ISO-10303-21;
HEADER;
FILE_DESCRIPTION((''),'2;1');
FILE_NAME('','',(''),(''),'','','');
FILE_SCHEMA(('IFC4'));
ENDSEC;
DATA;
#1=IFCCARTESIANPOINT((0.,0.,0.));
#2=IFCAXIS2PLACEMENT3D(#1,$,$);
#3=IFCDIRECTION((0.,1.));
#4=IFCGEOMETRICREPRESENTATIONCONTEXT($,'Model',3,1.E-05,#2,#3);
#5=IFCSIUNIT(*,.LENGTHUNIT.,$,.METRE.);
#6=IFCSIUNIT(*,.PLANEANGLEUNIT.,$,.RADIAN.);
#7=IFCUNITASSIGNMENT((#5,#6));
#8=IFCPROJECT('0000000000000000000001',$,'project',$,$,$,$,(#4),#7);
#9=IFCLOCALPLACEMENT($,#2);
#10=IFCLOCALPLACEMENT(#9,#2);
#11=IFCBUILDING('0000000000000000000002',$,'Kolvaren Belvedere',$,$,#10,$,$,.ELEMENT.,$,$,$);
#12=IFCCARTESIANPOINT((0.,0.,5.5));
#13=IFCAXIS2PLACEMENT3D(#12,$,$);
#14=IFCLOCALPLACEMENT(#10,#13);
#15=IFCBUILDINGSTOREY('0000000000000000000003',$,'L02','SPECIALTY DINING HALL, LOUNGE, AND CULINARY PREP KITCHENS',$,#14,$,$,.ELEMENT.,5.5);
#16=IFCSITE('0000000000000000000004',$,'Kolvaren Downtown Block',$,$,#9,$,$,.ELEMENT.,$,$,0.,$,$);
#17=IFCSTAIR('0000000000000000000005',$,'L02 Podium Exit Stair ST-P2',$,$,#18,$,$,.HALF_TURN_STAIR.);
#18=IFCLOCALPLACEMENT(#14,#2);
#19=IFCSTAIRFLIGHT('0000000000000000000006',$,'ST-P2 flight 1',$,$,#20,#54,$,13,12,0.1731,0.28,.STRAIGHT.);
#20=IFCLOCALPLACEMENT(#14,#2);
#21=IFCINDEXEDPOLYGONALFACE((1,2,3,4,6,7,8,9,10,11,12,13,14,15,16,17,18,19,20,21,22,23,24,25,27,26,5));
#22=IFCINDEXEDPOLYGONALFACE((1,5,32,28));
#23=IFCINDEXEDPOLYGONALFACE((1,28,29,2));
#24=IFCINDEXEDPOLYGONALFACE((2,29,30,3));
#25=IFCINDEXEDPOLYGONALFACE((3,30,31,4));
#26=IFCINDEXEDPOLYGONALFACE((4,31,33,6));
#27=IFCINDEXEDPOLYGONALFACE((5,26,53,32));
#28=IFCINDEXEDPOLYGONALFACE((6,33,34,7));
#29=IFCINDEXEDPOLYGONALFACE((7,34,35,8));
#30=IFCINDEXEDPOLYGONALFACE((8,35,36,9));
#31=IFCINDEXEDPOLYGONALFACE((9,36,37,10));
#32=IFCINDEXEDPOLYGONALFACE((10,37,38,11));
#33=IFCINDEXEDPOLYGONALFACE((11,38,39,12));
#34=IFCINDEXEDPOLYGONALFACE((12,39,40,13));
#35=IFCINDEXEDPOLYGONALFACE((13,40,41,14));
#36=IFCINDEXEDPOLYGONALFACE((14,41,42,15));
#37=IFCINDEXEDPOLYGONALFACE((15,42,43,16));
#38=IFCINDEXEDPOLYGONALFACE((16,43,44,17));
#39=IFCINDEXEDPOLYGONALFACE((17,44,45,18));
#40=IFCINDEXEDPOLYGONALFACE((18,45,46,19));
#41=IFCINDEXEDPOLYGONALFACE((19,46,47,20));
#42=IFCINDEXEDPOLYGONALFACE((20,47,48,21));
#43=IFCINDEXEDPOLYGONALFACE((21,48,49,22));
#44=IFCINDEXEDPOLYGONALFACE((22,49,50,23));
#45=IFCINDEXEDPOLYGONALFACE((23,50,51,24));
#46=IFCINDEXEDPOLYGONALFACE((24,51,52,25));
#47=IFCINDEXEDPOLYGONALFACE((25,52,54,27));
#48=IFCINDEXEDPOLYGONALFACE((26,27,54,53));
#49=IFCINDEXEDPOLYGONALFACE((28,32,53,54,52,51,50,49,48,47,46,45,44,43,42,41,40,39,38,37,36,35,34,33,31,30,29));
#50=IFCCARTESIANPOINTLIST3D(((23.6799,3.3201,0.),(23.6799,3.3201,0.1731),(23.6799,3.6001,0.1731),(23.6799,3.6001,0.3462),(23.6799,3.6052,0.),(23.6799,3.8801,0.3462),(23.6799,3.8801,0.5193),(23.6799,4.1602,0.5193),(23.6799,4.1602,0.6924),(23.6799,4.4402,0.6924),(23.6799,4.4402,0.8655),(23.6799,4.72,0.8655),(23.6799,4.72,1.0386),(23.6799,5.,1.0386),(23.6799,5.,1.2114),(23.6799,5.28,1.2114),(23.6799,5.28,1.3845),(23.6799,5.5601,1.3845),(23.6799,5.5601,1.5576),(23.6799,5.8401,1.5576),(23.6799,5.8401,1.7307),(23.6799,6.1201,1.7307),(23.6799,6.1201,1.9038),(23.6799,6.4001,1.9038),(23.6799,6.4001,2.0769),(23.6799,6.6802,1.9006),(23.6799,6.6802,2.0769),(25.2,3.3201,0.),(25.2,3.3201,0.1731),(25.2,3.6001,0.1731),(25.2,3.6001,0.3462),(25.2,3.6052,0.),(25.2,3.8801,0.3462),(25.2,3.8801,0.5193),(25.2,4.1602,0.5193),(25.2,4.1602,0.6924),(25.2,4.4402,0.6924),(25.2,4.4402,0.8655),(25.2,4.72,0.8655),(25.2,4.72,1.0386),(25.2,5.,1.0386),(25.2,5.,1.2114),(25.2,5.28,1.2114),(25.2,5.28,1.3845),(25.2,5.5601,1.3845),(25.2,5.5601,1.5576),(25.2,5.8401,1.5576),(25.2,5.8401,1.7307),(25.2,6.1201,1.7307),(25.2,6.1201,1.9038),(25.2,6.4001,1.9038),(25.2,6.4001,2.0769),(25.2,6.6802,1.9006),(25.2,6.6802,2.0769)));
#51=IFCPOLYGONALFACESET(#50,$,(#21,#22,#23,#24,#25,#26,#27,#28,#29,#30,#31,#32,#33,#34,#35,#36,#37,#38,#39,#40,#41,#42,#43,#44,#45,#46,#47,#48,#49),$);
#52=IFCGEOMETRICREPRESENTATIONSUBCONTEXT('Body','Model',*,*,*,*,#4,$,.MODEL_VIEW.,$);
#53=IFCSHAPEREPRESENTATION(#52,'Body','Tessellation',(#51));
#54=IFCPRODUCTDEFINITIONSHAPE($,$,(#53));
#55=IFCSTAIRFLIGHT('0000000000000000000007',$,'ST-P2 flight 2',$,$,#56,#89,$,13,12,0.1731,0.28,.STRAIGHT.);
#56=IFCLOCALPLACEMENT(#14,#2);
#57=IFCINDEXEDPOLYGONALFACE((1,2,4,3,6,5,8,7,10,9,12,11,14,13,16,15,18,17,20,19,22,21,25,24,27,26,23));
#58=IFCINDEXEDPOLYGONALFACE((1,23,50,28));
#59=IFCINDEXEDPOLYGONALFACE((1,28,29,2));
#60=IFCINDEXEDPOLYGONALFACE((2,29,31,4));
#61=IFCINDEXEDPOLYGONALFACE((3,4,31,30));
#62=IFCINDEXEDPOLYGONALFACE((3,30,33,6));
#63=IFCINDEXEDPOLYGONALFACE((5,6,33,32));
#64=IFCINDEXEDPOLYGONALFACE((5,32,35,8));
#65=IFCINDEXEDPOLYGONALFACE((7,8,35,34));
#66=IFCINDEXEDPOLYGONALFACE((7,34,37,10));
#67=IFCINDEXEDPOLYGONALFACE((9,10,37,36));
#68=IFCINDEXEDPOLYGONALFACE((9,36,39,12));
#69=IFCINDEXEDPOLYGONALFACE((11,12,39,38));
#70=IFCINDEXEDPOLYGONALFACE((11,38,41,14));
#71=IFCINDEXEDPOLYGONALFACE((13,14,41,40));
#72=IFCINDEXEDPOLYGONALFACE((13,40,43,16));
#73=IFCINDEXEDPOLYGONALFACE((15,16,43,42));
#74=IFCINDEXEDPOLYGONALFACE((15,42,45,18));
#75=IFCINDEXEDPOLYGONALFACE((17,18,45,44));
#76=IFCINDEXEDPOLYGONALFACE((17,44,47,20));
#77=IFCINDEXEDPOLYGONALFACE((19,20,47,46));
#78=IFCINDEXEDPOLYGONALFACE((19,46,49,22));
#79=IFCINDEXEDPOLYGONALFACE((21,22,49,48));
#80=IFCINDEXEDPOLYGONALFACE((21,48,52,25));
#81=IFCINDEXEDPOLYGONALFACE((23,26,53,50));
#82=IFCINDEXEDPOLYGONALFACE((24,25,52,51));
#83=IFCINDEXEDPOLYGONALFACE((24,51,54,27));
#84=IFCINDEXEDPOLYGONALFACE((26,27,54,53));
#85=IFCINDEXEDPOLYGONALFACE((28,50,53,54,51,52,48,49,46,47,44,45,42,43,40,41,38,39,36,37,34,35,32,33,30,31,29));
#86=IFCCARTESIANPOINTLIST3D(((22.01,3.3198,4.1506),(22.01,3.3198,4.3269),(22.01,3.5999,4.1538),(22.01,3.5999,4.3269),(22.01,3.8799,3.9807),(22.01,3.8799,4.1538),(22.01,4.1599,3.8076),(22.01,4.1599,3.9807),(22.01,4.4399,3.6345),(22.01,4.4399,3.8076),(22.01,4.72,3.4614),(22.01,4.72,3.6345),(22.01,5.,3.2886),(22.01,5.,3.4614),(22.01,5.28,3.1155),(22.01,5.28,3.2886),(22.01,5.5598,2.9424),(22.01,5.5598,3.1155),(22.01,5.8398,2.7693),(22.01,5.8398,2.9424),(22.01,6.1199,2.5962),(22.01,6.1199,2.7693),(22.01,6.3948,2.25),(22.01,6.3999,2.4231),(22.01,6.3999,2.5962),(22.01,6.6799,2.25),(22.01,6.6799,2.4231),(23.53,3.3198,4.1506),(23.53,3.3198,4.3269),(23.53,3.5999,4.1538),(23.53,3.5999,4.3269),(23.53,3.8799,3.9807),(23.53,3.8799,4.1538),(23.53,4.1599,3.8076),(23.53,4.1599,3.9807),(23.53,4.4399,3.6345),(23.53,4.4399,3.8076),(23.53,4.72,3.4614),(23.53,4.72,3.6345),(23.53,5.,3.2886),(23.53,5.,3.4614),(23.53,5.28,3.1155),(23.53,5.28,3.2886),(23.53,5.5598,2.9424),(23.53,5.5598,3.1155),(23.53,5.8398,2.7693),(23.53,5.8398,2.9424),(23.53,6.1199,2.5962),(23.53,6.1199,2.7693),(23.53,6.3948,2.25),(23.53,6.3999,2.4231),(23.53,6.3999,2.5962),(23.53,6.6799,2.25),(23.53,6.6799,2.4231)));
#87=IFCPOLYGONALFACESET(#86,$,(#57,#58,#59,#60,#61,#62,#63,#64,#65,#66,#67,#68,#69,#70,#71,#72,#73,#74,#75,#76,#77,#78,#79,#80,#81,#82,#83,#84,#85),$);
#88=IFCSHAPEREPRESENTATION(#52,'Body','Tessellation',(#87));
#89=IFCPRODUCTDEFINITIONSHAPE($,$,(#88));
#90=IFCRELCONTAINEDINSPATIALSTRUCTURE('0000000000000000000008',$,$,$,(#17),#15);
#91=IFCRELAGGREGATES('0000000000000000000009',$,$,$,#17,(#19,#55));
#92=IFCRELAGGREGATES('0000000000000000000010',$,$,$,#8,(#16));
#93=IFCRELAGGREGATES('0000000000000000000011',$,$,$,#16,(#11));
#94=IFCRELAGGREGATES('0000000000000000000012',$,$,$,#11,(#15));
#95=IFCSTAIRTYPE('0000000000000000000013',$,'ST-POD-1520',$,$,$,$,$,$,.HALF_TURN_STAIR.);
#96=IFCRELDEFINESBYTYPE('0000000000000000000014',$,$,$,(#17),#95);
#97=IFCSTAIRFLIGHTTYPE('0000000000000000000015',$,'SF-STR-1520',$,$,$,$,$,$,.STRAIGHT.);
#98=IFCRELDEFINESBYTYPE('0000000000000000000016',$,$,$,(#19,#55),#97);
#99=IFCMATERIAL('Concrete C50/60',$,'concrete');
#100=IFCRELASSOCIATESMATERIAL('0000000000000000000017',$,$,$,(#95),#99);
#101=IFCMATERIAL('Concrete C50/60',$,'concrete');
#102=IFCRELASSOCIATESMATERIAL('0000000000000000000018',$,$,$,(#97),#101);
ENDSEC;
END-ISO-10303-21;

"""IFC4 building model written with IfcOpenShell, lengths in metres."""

from ifc_helpers import new_model, si_unit, direction, frame, origin, place, context, subcontext, project, spatial, polyline, outline, extrude, material, type_object, element, aggregate, save


model = new_model("IFC4")

# Units and contexts
model_context = context("Model", 3, precision=1e-05, world=origin(), true_north=direction((0.0, 1.0)))
body_context = subcontext(model_context, "Body", "Model", "MODEL_VIEW")
ifc_project = project(units=[si_unit("LENGTHUNIT", "METRE"), si_unit("PLANEANGLEUNIT", "RADIAN")], contexts=[model_context])

# Site, building, storey
site_placement = place(None, origin())
site = spatial("IfcSite", under=ifc_project, at=site_placement, Name="Kolvaren Downtown Block", CompositionType="ELEMENT", RefElevation=0.0)
building_placement = place(site_placement, origin())
building = spatial("IfcBuilding", under=site, at=building_placement, Name="Kolvaren Belvedere", CompositionType="ELEMENT")
storey_placement = place(building_placement, frame((0.0, 0.0, 5.5)))
storey = spatial("IfcBuildingStorey", under=building, at=storey_placement, Name="L02", Description="SPECIALTY DINING HALL, LOUNGE, AND CULINARY PREP KITCHENS", CompositionType="ELEMENT", Elevation=5.5)

# Stair, stair flights
ifc_material_1 = material(Name="Concrete C50/60", Category="concrete")
stair_type = type_object("IfcStairType", Name="ST-POD-1520", PredefinedType="HALF_TURN_STAIR", material=ifc_material_1)
stair_placement = place(storey_placement, origin())
stair = element("IfcStair", 1, at=stair_placement, inside=storey, type_object=stair_type, Name="L02 Podium Exit Stair ST-P2", PredefinedType="HALF_TURN_STAIR")
ifc_material_2 = material(Name="Concrete C50/60", Category="concrete")
stair_flight_type = type_object("IfcStairFlightType", Name="SF-STR-1520", PredefinedType="STRAIGHT", material=ifc_material_2)
stair_flight_1_placement = place(storey_placement, frame((24.4399, 3.3201, 0.0), z_axis=(0.0, 0.0, 1.0), x_axis=(0.0, 1.0, 0.0)))
stair_flight_1 = element("IfcStairFlight", 2, at=stair_flight_1_placement, type_object=stair_flight_type, Name="ST-P2 flight 1", NumberOfRisers=13, NumberOfTreads=12, PredefinedType="STRAIGHT", RiserHeight=0.1731, TreadLength=0.28, context=body_context, shape_type="SweptSolid", body=[
    extrude(outline(polyline([(0.0, 0.0), (0.0, 0.1731), (0.28, 0.1731), (0.28, 0.3462), (0.5601, 0.3462), (0.5601, 0.5193), (0.8401, 0.5193), (0.8401, 0.6924), (1.1201, 0.6924), (1.1201, 0.8655), (1.3999, 0.8655), (1.3999, 1.0386), (1.6799, 1.0386), (1.6799, 1.2114), (1.96, 1.2114), (1.96, 1.3845), (2.24, 1.3845), (2.24, 1.5576), (2.52, 1.5576), (2.52, 1.7307), (2.8, 1.7307), (2.8, 1.9038), (3.0801, 1.9038), (3.0801, 2.0769), (3.3601, 2.0769), (3.3601, 2.25), (3.3601, 1.9006), (0.2852, 0.0), (0.0, 0.0)])), frame((0.0, 0.76, 0.0), z_axis=(0.0, -1.0, 0.0), x_axis=(1.0, 0.0, 0.0)), (0.0, 0.0, 1.0), 1.52),
])
stair_flight_2_placement = place(storey_placement, frame((22.77, 6.6799, 2.25), z_axis=(0.0, 0.0, 1.0), x_axis=(0.0, -1.0, 0.0)))
stair_flight_2 = element("IfcStairFlight", 3, at=stair_flight_2_placement, type_object=stair_flight_type, Name="ST-P2 flight 2", NumberOfRisers=13, NumberOfTreads=12, PredefinedType="STRAIGHT", RiserHeight=0.1731, TreadLength=0.28, context=body_context, shape_type="SweptSolid", body=[
    extrude(outline(polyline([(0.0, 0.0), (0.0, 0.1731), (0.28, 0.1731), (0.28, 0.3462), (0.5601, 0.3462), (0.5601, 0.5193), (0.8401, 0.5193), (0.8401, 0.6924), (1.1201, 0.6924), (1.1201, 0.8655), (1.3999, 0.8655), (1.3999, 1.0386), (1.6799, 1.0386), (1.6799, 1.2114), (1.96, 1.2114), (1.96, 1.3845), (2.24, 1.3845), (2.24, 1.5576), (2.52, 1.5576), (2.52, 1.7307), (2.8, 1.7307), (2.8, 1.9038), (3.0801, 1.9038), (3.0801, 2.0769), (3.3601, 2.0769), (3.3601, 2.25), (3.3601, 1.9006), (0.2852, 0.0), (0.0, 0.0)])), frame((0.0, 0.76, 0.0), z_axis=(0.0, -1.0, 0.0), x_axis=(1.0, 0.0, 0.0)), (0.0, 0.0, 1.0), 1.52),
])
aggregate(stair, [stair_flight_1, stair_flight_2])

save(model, "model.ifc")
